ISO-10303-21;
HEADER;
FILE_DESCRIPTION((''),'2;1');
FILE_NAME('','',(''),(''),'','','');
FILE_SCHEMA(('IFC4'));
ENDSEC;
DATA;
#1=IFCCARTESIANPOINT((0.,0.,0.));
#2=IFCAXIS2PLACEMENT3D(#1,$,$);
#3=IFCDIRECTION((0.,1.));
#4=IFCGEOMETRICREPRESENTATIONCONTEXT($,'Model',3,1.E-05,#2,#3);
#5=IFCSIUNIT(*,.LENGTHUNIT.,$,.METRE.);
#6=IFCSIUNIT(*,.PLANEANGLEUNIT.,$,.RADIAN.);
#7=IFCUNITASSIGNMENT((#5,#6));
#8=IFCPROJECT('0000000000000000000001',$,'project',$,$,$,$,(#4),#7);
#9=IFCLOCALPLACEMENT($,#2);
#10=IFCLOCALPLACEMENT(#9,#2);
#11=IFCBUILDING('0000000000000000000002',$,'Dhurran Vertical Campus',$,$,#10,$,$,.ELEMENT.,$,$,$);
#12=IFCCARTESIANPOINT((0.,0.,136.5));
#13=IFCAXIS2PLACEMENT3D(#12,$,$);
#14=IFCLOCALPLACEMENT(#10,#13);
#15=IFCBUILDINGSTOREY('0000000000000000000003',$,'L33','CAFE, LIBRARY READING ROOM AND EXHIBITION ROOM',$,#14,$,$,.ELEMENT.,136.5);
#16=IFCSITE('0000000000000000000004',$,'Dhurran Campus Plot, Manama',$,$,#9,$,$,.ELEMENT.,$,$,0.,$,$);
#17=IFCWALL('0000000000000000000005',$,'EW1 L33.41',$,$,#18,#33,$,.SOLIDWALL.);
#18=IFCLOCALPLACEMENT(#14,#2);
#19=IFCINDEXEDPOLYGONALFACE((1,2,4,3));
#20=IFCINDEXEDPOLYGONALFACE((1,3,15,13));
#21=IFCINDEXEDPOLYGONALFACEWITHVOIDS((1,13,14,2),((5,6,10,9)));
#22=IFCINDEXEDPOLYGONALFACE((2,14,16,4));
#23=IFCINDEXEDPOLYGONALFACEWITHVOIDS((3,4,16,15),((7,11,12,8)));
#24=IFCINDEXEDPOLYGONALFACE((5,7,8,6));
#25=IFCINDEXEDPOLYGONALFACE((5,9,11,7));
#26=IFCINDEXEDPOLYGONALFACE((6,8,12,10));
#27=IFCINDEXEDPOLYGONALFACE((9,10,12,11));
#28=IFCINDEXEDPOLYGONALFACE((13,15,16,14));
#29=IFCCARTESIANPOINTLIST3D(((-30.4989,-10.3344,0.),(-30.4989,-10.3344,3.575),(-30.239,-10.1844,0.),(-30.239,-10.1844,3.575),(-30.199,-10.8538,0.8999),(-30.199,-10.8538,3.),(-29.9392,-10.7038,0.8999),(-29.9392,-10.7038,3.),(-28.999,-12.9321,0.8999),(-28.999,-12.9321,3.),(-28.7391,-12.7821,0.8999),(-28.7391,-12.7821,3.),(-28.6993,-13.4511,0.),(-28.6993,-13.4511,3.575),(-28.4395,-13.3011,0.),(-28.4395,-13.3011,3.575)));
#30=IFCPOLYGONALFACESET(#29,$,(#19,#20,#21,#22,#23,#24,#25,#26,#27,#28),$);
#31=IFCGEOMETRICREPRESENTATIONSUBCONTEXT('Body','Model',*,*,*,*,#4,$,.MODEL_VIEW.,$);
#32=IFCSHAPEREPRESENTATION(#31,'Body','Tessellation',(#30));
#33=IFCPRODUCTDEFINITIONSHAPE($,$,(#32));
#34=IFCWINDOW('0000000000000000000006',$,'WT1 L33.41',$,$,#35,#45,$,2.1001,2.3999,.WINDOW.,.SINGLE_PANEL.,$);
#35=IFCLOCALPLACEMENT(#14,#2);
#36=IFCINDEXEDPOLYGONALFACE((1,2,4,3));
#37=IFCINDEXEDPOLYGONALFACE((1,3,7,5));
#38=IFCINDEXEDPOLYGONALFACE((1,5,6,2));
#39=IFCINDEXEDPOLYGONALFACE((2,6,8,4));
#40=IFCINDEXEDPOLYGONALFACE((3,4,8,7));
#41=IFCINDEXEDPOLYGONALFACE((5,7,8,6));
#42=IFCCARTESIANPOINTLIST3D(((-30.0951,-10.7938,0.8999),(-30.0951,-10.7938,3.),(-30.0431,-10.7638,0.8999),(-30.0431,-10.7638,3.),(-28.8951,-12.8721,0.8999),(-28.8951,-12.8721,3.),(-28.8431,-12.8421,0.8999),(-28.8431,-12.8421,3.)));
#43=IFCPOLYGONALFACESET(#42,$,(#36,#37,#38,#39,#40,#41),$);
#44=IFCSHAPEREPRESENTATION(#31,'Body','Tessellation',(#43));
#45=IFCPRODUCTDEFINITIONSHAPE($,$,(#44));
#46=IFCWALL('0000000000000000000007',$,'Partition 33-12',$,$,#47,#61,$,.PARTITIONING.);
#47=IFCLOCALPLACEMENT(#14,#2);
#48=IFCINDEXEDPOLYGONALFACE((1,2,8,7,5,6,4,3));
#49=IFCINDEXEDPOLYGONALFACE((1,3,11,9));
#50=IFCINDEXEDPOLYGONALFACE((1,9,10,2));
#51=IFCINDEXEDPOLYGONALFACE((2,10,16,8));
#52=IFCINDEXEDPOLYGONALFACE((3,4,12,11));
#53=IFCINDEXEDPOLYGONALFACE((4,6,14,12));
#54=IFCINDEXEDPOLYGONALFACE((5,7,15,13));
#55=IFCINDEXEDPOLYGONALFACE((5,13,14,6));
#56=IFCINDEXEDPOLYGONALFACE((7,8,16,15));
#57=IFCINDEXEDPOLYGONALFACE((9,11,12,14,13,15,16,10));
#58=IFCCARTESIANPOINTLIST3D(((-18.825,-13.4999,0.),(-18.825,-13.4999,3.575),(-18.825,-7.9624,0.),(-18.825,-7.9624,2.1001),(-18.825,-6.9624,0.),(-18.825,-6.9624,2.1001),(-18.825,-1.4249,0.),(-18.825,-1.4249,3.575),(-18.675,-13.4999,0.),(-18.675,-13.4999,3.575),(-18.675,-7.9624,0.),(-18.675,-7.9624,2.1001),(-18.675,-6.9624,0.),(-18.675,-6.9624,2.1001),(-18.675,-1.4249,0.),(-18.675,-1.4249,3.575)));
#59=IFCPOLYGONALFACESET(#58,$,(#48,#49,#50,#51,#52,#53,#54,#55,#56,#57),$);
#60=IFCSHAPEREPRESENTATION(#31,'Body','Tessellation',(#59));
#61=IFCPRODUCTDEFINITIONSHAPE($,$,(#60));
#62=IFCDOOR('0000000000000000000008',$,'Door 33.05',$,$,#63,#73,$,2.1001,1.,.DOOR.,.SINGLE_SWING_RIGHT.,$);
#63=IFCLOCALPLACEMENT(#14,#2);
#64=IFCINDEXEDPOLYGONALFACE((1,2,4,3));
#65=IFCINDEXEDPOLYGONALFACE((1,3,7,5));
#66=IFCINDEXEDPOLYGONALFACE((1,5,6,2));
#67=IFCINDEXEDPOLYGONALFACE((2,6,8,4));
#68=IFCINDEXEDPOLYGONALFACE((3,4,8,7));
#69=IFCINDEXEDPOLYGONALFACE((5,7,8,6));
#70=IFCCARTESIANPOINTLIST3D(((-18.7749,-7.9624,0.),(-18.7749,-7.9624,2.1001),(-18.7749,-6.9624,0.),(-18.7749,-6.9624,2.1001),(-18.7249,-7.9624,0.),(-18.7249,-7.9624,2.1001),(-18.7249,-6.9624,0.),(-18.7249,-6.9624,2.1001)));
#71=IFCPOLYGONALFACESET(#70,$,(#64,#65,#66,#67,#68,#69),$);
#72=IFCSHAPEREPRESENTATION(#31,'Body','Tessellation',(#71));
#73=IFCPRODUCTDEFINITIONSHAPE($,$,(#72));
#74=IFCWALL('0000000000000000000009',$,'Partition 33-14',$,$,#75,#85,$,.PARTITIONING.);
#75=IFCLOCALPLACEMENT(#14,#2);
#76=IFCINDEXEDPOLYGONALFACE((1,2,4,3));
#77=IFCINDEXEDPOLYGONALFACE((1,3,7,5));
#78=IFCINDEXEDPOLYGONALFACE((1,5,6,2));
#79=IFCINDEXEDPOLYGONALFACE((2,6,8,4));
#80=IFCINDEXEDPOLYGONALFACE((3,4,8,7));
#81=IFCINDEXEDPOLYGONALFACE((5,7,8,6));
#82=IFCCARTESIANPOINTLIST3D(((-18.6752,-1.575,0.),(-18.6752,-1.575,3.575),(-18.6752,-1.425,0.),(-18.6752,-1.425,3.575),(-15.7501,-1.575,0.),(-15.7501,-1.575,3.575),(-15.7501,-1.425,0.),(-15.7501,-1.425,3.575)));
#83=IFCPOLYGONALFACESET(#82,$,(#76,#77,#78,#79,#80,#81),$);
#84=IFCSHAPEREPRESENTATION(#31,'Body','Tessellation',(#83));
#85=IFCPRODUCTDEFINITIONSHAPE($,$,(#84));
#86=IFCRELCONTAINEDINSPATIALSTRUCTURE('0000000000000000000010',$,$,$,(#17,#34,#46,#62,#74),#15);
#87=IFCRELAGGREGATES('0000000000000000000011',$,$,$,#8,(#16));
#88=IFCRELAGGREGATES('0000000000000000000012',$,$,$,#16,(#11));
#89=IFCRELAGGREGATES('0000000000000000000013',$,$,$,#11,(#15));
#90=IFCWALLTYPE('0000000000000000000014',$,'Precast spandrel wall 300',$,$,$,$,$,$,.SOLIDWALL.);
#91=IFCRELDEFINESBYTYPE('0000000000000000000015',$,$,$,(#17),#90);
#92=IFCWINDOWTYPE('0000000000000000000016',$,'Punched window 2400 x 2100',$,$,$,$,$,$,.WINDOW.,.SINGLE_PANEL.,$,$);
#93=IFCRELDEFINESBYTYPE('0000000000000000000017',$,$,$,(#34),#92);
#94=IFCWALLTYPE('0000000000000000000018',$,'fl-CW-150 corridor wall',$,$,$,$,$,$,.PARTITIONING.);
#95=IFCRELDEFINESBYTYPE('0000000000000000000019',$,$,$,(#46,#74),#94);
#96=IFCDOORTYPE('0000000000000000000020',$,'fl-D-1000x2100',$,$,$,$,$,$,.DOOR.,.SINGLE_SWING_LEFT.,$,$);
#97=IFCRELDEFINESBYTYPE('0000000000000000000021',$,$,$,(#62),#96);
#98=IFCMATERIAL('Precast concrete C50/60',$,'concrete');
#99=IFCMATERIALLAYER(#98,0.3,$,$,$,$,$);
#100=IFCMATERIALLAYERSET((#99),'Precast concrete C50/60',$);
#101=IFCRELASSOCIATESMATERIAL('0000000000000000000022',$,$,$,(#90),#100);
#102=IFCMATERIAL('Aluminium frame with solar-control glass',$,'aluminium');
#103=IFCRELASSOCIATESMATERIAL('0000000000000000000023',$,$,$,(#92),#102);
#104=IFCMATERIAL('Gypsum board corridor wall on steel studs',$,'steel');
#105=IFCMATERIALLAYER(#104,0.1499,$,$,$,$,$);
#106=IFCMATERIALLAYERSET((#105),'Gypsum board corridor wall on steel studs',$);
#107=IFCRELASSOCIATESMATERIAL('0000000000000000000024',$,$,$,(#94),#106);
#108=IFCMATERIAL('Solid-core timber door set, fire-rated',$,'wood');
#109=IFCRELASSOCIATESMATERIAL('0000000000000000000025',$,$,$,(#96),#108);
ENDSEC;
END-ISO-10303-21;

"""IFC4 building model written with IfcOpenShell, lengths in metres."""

from ifc_helpers import new_model, si_unit, direction, frame, frame_2d, origin, place, context, subcontext, project, spatial, rectangle, extrude, material, layer, layer_set, type_object, element, fill, save


model = new_model("IFC4")

# Units and contexts
model_context = context("Model", 3, precision=1e-05, world=origin(), true_north=direction((0.0, 1.0)))
body_context = subcontext(model_context, "Body", "Model", "MODEL_VIEW")
ifc_project = project(units=[si_unit("LENGTHUNIT", "METRE"), si_unit("PLANEANGLEUNIT", "RADIAN")], contexts=[model_context])

# Site, building, storey
site_placement = place(None, origin())
site = spatial("IfcSite", under=ifc_project, at=site_placement, Name="Dhurran Campus Plot, Manama", CompositionType="ELEMENT", RefElevation=0.0)
building_placement = place(site_placement, origin())
building = spatial("IfcBuilding", under=site, at=building_placement, Name="Dhurran Vertical Campus", CompositionType="ELEMENT")
storey_placement = place(building_placement, frame((0.0, 0.0, 136.5)))
storey = spatial("IfcBuildingStorey", under=building, at=storey_placement, Name="L33", Description="CAFE, LIBRARY READING ROOM AND EXHIBITION ROOM", CompositionType="ELEMENT", Elevation=136.5)

# Wall, opening, window
ifc_material_1 = material(Name="Precast concrete C50/60", Category="concrete")
ifc_layer_1 = layer(ifc_material_1, 0.3)
ifc_layer_set_1 = layer_set([ifc_layer_1], Name="Precast concrete C50/60")
wall_type_1 = type_object("IfcWallType", Name="Precast spandrel wall 300", PredefinedType="SOLIDWALL", material=ifc_layer_set_1)
ifc_material_2 = material(Name="Aluminium frame with solar-control glass", Category="aluminium")
window_type = type_object("IfcWindowType", Name="Punched window 2400 x 2100", PartitioningType="SINGLE_PANEL", PredefinedType="WINDOW", material=ifc_material_2)
wall_1_placement = place(storey_placement, frame((-30.3689, -10.2595, 0.0), z_axis=(0.0, 0.0, 1.0), x_axis=(0.500028, -0.866009, 0.0)))
wall_1 = element("IfcWall", 1, at=wall_1_placement, inside=storey, type_object=wall_type_1, Name="EW1 L33.41", PredefinedType="SOLIDWALL", context=body_context, shape_type="SweptSolid", body=[
    extrude(rectangle(XDim=3.5989, YDim=0.3, at=frame_2d((1.7993, 0.0))), origin(), (0.0, 0.0, 1.0), 3.575),
])
opening_1_placement = place(wall_1_placement, frame((0.5996, 0.0, 0.8999)))
opening_1 = element("IfcOpeningElement", 2, at=opening_1_placement, cuts=wall_1, PredefinedType="OPENING", context=body_context, shape_type="SweptSolid", body=[
    extrude(rectangle(XDim=2.3999, YDim=2.1001, at=frame_2d((1.2, 1.05))), frame((0.0, 0.1599, 0.0), z_axis=(0.0, -1.0, 0.0), x_axis=(1.0, 0.0, 0.0)), (0.0, 0.0, 1.0), 0.3201),
])
window_1_placement = place(opening_1_placement, origin())
window_1 = element("IfcWindow", 3, at=window_1_placement, inside=storey, type_object=window_type, Name="WT1 L33.41", OverallHeight=2.1001, OverallWidth=2.3999, PartitioningType="SINGLE_PANEL", PredefinedType="WINDOW", context=body_context, shape_type="SweptSolid", body=[
    extrude(rectangle(XDim=2.3999, YDim=2.1001, at=frame_2d((1.2, 1.05))), frame((0.0, 0.03, 0.0), z_axis=(0.0, -1.0, 0.0), x_axis=(1.0, 0.0, 0.0)), (0.0, 0.0, 1.0), 0.0601),
])
fill(opening_1, window_1)

# Wall, opening, door
ifc_material_3 = material(Name="Gypsum board corridor wall on steel studs", Category="steel")
ifc_layer_2 = layer(ifc_material_3, 0.1499)
ifc_layer_set_2 = layer_set([ifc_layer_2], Name="Gypsum board corridor wall on steel studs")
wall_type_2 = type_object("IfcWallType", Name="fl-CW-150 corridor wall", PredefinedType="PARTITIONING", material=ifc_layer_set_2)
wall_2_placement = place(storey_placement, frame((-18.75, -13.5, 0.0), z_axis=(0.0, 0.0, 1.0), x_axis=(0.0, 1.0, 0.0)))
wall_2 = element("IfcWall", 4, at=wall_2_placement, inside=storey, type_object=wall_type_2, Name="Partition 33-12", PredefinedType="PARTITIONING", context=body_context, shape_type="SweptSolid", body=[
    extrude(rectangle(XDim=12.075, YDim=0.1499, at=frame_2d((6.0376, 0.0))), origin(), (0.0, 0.0, 1.0), 3.575),
])
opening_2_placement = place(wall_2_placement, frame((5.5376, 0.0, 0.0)))
opening_2 = element("IfcOpeningElement", 5, at=opening_2_placement, cuts=wall_2, PredefinedType="OPENING", context=body_context, shape_type="SweptSolid", body=[
    extrude(rectangle(XDim=1.0, YDim=2.1001, at=frame_2d((0.5, 1.05))), frame((0.0, 0.085, 0.0), z_axis=(0.0, -1.0, 0.0), x_axis=(1.0, 0.0, 0.0)), (0.0, 0.0, 1.0), 0.1699),
])
ifc_material_4 = material(Name="Solid-core timber door set, fire-rated", Category="wood")
door_type = type_object("IfcDoorType", Name="fl-D-1000x2100", OperationType="SINGLE_SWING_LEFT", PredefinedType="DOOR", material=ifc_material_4)
door_placement = place(opening_2_placement, origin())
door = element("IfcDoor", 6, at=door_placement, inside=storey, type_object=door_type, Name="Door 33.05", OperationType="SINGLE_SWING_RIGHT", OverallHeight=2.1001, OverallWidth=1.0, PredefinedType="DOOR", context=body_context, shape_type="SweptSolid", body=[
    extrude(rectangle(XDim=1.0, YDim=2.1001, at=frame_2d((0.5, 1.05))), frame((0.0, 0.0249, 0.0), z_axis=(0.0, -1.0, 0.0), x_axis=(1.0, 0.0, 0.0)), (0.0, 0.0, 1.0), 0.05),
])
fill(opening_2, door)

# Wall
wall_3_placement = place(storey_placement, frame((-18.675, -1.5, 0.0), z_axis=(0.0, 0.0, 1.0), x_axis=(1.0, 0.0, 0.0)))
element("IfcWall", 7, at=wall_3_placement, inside=storey, type_object=wall_type_2, Name="Partition 33-14", PredefinedType="PARTITIONING", context=body_context, shape_type="SweptSolid", body=[
    extrude(rectangle(XDim=2.925, YDim=0.1499, at=frame_2d((1.4624, 0.0))), origin(), (0.0, 0.0, 1.0), 3.575),
])

save(model, "model.ifc")
